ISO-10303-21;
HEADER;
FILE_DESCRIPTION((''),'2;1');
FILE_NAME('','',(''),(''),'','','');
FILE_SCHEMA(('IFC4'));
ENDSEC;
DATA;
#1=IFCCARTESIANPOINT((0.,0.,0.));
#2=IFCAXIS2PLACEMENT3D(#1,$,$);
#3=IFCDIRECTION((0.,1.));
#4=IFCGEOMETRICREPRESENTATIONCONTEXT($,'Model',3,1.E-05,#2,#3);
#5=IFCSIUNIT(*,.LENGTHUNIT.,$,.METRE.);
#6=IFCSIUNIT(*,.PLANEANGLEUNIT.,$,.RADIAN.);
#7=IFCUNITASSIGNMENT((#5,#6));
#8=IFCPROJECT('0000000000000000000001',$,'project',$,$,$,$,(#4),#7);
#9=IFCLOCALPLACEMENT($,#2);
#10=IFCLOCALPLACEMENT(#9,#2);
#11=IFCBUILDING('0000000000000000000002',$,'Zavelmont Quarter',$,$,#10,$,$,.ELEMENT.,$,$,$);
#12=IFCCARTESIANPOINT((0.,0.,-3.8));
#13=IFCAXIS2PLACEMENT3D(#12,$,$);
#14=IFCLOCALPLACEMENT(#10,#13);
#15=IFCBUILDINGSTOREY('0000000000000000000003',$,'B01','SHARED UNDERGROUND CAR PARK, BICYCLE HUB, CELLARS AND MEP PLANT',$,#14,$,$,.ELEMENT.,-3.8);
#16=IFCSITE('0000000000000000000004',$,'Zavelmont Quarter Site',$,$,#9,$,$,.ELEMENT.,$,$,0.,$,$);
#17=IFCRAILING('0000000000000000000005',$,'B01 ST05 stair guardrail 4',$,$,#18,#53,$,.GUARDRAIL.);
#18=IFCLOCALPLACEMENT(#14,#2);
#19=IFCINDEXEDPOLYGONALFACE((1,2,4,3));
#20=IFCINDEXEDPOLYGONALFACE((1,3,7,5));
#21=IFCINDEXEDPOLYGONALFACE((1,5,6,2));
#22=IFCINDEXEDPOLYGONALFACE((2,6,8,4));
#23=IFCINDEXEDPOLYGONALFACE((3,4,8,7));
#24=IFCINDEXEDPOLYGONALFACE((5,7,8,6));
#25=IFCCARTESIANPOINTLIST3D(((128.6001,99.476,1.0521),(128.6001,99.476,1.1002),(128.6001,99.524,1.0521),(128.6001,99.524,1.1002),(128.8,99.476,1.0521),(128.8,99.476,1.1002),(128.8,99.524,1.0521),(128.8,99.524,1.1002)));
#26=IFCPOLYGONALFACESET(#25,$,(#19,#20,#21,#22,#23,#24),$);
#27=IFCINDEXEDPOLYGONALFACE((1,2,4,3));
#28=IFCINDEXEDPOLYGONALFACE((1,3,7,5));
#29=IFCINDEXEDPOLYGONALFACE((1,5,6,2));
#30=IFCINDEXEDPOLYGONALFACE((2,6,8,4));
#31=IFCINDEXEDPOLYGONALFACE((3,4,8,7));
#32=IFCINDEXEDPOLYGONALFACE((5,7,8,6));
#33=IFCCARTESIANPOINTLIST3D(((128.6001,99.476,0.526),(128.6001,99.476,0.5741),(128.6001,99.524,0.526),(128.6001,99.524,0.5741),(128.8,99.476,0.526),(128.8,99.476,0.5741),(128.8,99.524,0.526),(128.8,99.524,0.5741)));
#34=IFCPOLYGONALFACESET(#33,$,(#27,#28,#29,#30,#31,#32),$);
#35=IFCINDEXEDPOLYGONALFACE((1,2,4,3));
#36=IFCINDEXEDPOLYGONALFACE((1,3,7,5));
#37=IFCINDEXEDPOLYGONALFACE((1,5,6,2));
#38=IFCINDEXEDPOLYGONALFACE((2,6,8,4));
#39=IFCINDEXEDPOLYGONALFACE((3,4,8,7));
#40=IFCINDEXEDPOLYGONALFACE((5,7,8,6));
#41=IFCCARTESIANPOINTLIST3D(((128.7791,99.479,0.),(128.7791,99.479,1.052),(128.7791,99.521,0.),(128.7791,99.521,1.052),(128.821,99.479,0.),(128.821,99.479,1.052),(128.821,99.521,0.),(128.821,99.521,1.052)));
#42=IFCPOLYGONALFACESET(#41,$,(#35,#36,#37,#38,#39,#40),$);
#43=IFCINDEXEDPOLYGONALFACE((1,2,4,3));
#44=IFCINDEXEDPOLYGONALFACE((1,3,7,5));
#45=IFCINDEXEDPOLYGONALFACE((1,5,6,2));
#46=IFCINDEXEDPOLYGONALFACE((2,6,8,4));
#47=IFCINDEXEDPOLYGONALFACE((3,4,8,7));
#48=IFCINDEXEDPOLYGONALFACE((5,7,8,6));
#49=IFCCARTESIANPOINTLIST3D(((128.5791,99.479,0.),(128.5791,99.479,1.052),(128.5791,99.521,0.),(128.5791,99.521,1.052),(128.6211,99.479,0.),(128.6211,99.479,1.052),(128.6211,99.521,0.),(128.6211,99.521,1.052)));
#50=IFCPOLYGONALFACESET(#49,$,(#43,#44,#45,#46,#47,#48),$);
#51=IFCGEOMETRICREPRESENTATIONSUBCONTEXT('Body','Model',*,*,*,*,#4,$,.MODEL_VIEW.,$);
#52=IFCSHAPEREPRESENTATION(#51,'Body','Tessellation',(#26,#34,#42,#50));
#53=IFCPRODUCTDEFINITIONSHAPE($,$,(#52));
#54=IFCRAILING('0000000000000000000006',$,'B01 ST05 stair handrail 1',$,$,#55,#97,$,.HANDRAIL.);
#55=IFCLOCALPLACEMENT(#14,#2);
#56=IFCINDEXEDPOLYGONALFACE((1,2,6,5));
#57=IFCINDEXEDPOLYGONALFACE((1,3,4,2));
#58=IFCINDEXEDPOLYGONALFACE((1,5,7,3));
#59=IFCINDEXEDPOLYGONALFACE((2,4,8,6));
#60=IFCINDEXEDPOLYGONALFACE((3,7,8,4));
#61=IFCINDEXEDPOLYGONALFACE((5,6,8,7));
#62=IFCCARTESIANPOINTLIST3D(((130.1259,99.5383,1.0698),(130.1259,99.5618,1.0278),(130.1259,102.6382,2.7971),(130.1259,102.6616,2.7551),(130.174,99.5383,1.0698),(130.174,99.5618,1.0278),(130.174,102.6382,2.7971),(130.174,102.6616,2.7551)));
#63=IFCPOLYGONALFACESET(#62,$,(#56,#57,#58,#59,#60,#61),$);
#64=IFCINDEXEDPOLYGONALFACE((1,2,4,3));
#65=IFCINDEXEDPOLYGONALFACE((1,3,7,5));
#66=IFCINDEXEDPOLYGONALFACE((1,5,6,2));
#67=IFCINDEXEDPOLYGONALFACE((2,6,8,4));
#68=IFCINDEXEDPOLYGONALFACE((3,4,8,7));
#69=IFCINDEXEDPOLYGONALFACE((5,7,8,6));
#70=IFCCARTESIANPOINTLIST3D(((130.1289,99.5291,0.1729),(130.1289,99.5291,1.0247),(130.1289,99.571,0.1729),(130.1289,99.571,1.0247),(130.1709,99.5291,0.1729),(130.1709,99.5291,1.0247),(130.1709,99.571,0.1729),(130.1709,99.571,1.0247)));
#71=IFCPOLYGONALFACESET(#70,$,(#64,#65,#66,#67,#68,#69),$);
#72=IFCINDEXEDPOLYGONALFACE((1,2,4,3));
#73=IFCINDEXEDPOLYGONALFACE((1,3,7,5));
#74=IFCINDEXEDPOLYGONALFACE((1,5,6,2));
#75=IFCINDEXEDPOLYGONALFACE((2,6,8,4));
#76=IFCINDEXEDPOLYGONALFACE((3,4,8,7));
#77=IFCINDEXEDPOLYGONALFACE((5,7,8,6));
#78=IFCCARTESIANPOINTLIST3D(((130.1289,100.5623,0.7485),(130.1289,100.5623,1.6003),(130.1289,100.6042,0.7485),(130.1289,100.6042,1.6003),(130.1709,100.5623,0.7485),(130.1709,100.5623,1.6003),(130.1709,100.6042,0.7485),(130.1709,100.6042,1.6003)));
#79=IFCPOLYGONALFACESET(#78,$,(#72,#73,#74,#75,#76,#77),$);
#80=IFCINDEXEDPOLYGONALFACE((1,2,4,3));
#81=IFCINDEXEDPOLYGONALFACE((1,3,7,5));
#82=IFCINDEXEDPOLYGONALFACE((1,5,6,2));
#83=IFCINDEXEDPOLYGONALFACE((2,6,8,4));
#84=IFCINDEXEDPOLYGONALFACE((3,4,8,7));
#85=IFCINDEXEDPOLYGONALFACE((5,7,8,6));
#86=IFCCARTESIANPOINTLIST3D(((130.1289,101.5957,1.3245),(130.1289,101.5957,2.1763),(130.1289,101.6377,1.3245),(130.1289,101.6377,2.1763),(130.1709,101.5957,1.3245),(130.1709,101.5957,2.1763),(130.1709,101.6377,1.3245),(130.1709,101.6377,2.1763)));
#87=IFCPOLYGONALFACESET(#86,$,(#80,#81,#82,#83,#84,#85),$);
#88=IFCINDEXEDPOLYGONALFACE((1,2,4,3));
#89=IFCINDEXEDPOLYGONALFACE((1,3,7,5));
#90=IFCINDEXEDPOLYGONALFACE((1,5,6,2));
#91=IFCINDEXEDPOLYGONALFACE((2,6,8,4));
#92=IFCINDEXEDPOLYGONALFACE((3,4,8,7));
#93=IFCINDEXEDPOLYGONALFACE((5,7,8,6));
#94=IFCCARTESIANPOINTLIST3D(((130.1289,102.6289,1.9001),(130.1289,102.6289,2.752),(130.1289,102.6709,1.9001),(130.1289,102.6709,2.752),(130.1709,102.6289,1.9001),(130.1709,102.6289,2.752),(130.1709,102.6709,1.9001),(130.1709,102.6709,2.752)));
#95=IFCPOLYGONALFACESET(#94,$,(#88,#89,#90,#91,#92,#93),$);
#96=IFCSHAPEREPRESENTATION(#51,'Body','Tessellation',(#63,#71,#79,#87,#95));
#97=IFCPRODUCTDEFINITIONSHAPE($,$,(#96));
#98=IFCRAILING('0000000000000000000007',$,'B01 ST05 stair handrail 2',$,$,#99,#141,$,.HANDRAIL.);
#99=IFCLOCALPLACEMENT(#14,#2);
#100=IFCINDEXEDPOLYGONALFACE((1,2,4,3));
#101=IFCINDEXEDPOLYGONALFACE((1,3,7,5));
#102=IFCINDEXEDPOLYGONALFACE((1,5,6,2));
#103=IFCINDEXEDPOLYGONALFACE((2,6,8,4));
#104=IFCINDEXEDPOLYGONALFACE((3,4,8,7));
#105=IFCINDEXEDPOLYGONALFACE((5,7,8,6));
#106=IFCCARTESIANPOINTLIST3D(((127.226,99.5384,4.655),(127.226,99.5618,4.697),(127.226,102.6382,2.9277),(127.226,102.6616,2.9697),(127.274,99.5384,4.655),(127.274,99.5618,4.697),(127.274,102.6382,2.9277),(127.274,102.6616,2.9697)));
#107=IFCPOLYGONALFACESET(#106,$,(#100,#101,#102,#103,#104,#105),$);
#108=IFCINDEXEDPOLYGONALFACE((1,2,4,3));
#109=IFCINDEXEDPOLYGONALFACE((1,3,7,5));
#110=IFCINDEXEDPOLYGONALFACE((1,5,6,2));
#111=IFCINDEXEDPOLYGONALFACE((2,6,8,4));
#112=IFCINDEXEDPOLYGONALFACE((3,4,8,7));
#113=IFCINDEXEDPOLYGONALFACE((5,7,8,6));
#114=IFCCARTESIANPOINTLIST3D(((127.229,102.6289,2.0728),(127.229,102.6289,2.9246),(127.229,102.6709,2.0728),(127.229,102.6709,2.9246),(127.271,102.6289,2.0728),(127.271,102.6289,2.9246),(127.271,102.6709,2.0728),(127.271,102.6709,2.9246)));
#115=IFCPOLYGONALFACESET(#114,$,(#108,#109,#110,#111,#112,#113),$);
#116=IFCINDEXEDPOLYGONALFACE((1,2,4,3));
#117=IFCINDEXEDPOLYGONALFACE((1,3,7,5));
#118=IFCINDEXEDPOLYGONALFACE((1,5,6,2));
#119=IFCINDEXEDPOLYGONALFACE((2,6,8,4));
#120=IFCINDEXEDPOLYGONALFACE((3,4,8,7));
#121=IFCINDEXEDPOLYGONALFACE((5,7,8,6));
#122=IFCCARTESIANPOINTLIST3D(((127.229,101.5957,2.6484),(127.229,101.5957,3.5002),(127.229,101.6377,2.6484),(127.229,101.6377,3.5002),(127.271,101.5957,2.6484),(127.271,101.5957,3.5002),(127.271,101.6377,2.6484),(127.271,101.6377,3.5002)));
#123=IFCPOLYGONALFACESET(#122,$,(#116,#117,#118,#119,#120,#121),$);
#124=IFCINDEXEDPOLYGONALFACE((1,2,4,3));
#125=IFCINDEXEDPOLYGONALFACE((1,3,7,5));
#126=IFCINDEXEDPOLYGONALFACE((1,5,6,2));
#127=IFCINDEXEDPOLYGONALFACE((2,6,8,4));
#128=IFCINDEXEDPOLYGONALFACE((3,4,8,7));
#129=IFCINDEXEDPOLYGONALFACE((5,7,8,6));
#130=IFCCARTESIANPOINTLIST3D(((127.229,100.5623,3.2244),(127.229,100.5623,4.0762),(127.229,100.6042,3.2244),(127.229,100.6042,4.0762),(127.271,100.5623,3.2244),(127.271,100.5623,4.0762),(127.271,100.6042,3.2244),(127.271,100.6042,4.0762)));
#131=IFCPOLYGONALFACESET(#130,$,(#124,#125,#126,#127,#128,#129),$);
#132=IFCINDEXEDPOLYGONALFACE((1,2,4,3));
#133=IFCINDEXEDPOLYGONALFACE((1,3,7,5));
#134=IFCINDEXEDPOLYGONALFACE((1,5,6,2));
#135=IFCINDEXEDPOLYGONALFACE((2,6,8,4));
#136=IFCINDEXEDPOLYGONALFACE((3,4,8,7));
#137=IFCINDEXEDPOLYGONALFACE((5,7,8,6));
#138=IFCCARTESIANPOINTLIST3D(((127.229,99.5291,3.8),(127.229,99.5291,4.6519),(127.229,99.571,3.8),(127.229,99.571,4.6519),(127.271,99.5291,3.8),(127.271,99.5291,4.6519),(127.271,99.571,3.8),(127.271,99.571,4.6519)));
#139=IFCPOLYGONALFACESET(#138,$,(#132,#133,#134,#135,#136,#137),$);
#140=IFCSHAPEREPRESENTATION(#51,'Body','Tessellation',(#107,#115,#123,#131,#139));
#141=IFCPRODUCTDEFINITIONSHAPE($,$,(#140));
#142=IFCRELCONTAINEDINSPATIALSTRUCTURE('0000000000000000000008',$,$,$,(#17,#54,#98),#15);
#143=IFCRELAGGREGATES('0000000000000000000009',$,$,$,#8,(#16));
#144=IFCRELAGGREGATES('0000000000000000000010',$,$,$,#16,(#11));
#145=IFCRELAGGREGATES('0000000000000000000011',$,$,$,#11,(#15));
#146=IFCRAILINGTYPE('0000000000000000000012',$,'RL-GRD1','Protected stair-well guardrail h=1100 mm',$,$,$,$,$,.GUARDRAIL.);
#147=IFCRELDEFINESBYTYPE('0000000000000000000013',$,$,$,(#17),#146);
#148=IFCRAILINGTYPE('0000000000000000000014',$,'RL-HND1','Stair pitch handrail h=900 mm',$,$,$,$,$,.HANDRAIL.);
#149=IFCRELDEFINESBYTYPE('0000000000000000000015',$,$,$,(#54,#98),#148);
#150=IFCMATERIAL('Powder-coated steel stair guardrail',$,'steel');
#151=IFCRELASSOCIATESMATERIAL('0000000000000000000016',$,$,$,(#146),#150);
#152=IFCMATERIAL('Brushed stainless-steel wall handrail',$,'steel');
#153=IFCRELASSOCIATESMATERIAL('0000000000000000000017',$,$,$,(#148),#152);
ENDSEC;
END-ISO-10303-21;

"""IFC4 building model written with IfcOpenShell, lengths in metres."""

from ifc_helpers import new_model, si_unit, direction, frame, origin, origin_2d, place, context, subcontext, project, spatial, rectangle, extrude, material, type_object, element, save


model = new_model("IFC4")

# Units and contexts
model_context = context("Model", 3, precision=1e-05, world=origin(), true_north=direction((0.0, 1.0)))
body_context = subcontext(model_context, "Body", "Model", "MODEL_VIEW")
ifc_project = project(units=[si_unit("LENGTHUNIT", "METRE"), si_unit("PLANEANGLEUNIT", "RADIAN")], contexts=[model_context])

# Site, building, storey
site_placement = place(None, origin())
site = spatial("IfcSite", under=ifc_project, at=site_placement, Name="Zavelmont Quarter Site", CompositionType="ELEMENT", RefElevation=0.0)
building_placement = place(site_placement, origin())
building = spatial("IfcBuilding", under=site, at=building_placement, Name="Zavelmont Quarter", CompositionType="ELEMENT")
storey_placement = place(building_placement, frame((0.0, 0.0, -3.8)))
storey = spatial("IfcBuildingStorey", under=building, at=storey_placement, Name="B01", Description="SHARED UNDERGROUND CAR PARK, BICYCLE HUB, CELLARS AND MEP PLANT", CompositionType="ELEMENT", Elevation=-3.8)

# Railings
ifc_material_1 = material(Name="Powder-coated steel stair guardrail", Category="steel")
railing_type_1 = type_object("IfcRailingType", Name="RL-GRD1", Description="Protected stair-well guardrail h=1100 mm", PredefinedType="GUARDRAIL", material=ifc_material_1)
railing_1_placement = place(storey_placement, frame((128.8, 99.5, 0.0)))
element("IfcRailing", 1, at=railing_1_placement, inside=storey, type_object=railing_type_1, Name="B01 ST05 stair guardrail 4", PredefinedType="GUARDRAIL", context=body_context, shape_type="SweptSolid", body=[
    extrude(rectangle(XDim=0.0481, YDim=0.0481, at=origin_2d()), frame((0.0, 0.0, 1.0762), z_axis=(-1.0, 0.0, 0.0), x_axis=(0.0, -1.0, 0.0)), (0.0, 0.0, 1.0), 0.2),
    extrude(rectangle(XDim=0.0481, YDim=0.0481, at=origin_2d()), frame((0.0, 0.0, 0.55), z_axis=(-1.0, 0.0, 0.0), x_axis=(0.0, -1.0, 0.0)), (0.0, 0.0, 1.0), 0.2),
    extrude(rectangle(XDim=0.042, YDim=0.042, at=origin_2d()), origin(), (0.0, 0.0, 1.0), 1.052),
    extrude(rectangle(XDim=0.042, YDim=0.042, at=origin_2d()), frame((-0.2, 0.0, 0.0)), (0.0, 0.0, 1.0), 1.052),
])
ifc_material_2 = material(Name="Brushed stainless-steel wall handrail", Category="steel")
railing_type_2 = type_object("IfcRailingType", Name="RL-HND1", Description="Stair pitch handrail h=900 mm", PredefinedType="HANDRAIL", material=ifc_material_2)
railing_2_placement = place(storey_placement, frame((130.1499, 99.55, 0.1729)))
element("IfcRailing", 2, at=railing_2_placement, inside=storey, type_object=railing_type_2, Name="B01 ST05 stair handrail 1", PredefinedType="HANDRAIL", context=body_context, shape_type="SweptSolid", body=[
    extrude(rectangle(XDim=0.0481, YDim=0.0481, at=origin_2d()), frame((0.0, 0.0, 0.876), z_axis=(0.0, 0.87354, 0.486752), x_axis=(-1.0, 0.0, 0.0)), (0.0, 0.0, 1.0), 3.5486),
    extrude(rectangle(XDim=0.042, YDim=0.042, at=origin_2d()), origin(), (0.0, 0.0, 1.0), 0.8518),
    extrude(rectangle(XDim=0.042, YDim=0.042, at=origin_2d()), frame((0.0, 1.0332, 0.5757)), (0.0, 0.0, 1.0), 0.8518),
    extrude(rectangle(XDim=0.042, YDim=0.042, at=origin_2d()), frame((0.0, 2.0667, 1.1516)), (0.0, 0.0, 1.0), 0.8518),
    extrude(rectangle(XDim=0.042, YDim=0.042, at=origin_2d()), frame((0.0, 3.0999, 1.7273)), (0.0, 0.0, 1.0), 0.8518),
])
railing_3_placement = place(storey_placement, frame((127.25, 102.6499, 2.0728)))
element("IfcRailing", 3, at=railing_3_placement, inside=storey, type_object=railing_type_2, Name="B01 ST05 stair handrail 2", PredefinedType="HANDRAIL", context=body_context, shape_type="SweptSolid", body=[
    extrude(rectangle(XDim=0.0481, YDim=0.0481, at=origin_2d()), frame((0.0, 0.0, 0.876), z_axis=(0.0, -0.87354, 0.486752), x_axis=(1.0, 0.0, 0.0)), (0.0, 0.0, 1.0), 3.5486),
    extrude(rectangle(XDim=0.042, YDim=0.042, at=origin_2d()), origin(), (0.0, 0.0, 1.0), 0.8518),
    extrude(rectangle(XDim=0.042, YDim=0.042, at=origin_2d()), frame((0.0, -1.0332, 0.5757)), (0.0, 0.0, 1.0), 0.8518),
    extrude(rectangle(XDim=0.042, YDim=0.042, at=origin_2d()), frame((0.0, -2.0667, 1.1516)), (0.0, 0.0, 1.0), 0.8518),
    extrude(rectangle(XDim=0.042, YDim=0.042, at=origin_2d()), frame((0.0, -3.0999, 1.7273)), (0.0, 0.0, 1.0), 0.8518),
])

save(model, "model.ifc")
